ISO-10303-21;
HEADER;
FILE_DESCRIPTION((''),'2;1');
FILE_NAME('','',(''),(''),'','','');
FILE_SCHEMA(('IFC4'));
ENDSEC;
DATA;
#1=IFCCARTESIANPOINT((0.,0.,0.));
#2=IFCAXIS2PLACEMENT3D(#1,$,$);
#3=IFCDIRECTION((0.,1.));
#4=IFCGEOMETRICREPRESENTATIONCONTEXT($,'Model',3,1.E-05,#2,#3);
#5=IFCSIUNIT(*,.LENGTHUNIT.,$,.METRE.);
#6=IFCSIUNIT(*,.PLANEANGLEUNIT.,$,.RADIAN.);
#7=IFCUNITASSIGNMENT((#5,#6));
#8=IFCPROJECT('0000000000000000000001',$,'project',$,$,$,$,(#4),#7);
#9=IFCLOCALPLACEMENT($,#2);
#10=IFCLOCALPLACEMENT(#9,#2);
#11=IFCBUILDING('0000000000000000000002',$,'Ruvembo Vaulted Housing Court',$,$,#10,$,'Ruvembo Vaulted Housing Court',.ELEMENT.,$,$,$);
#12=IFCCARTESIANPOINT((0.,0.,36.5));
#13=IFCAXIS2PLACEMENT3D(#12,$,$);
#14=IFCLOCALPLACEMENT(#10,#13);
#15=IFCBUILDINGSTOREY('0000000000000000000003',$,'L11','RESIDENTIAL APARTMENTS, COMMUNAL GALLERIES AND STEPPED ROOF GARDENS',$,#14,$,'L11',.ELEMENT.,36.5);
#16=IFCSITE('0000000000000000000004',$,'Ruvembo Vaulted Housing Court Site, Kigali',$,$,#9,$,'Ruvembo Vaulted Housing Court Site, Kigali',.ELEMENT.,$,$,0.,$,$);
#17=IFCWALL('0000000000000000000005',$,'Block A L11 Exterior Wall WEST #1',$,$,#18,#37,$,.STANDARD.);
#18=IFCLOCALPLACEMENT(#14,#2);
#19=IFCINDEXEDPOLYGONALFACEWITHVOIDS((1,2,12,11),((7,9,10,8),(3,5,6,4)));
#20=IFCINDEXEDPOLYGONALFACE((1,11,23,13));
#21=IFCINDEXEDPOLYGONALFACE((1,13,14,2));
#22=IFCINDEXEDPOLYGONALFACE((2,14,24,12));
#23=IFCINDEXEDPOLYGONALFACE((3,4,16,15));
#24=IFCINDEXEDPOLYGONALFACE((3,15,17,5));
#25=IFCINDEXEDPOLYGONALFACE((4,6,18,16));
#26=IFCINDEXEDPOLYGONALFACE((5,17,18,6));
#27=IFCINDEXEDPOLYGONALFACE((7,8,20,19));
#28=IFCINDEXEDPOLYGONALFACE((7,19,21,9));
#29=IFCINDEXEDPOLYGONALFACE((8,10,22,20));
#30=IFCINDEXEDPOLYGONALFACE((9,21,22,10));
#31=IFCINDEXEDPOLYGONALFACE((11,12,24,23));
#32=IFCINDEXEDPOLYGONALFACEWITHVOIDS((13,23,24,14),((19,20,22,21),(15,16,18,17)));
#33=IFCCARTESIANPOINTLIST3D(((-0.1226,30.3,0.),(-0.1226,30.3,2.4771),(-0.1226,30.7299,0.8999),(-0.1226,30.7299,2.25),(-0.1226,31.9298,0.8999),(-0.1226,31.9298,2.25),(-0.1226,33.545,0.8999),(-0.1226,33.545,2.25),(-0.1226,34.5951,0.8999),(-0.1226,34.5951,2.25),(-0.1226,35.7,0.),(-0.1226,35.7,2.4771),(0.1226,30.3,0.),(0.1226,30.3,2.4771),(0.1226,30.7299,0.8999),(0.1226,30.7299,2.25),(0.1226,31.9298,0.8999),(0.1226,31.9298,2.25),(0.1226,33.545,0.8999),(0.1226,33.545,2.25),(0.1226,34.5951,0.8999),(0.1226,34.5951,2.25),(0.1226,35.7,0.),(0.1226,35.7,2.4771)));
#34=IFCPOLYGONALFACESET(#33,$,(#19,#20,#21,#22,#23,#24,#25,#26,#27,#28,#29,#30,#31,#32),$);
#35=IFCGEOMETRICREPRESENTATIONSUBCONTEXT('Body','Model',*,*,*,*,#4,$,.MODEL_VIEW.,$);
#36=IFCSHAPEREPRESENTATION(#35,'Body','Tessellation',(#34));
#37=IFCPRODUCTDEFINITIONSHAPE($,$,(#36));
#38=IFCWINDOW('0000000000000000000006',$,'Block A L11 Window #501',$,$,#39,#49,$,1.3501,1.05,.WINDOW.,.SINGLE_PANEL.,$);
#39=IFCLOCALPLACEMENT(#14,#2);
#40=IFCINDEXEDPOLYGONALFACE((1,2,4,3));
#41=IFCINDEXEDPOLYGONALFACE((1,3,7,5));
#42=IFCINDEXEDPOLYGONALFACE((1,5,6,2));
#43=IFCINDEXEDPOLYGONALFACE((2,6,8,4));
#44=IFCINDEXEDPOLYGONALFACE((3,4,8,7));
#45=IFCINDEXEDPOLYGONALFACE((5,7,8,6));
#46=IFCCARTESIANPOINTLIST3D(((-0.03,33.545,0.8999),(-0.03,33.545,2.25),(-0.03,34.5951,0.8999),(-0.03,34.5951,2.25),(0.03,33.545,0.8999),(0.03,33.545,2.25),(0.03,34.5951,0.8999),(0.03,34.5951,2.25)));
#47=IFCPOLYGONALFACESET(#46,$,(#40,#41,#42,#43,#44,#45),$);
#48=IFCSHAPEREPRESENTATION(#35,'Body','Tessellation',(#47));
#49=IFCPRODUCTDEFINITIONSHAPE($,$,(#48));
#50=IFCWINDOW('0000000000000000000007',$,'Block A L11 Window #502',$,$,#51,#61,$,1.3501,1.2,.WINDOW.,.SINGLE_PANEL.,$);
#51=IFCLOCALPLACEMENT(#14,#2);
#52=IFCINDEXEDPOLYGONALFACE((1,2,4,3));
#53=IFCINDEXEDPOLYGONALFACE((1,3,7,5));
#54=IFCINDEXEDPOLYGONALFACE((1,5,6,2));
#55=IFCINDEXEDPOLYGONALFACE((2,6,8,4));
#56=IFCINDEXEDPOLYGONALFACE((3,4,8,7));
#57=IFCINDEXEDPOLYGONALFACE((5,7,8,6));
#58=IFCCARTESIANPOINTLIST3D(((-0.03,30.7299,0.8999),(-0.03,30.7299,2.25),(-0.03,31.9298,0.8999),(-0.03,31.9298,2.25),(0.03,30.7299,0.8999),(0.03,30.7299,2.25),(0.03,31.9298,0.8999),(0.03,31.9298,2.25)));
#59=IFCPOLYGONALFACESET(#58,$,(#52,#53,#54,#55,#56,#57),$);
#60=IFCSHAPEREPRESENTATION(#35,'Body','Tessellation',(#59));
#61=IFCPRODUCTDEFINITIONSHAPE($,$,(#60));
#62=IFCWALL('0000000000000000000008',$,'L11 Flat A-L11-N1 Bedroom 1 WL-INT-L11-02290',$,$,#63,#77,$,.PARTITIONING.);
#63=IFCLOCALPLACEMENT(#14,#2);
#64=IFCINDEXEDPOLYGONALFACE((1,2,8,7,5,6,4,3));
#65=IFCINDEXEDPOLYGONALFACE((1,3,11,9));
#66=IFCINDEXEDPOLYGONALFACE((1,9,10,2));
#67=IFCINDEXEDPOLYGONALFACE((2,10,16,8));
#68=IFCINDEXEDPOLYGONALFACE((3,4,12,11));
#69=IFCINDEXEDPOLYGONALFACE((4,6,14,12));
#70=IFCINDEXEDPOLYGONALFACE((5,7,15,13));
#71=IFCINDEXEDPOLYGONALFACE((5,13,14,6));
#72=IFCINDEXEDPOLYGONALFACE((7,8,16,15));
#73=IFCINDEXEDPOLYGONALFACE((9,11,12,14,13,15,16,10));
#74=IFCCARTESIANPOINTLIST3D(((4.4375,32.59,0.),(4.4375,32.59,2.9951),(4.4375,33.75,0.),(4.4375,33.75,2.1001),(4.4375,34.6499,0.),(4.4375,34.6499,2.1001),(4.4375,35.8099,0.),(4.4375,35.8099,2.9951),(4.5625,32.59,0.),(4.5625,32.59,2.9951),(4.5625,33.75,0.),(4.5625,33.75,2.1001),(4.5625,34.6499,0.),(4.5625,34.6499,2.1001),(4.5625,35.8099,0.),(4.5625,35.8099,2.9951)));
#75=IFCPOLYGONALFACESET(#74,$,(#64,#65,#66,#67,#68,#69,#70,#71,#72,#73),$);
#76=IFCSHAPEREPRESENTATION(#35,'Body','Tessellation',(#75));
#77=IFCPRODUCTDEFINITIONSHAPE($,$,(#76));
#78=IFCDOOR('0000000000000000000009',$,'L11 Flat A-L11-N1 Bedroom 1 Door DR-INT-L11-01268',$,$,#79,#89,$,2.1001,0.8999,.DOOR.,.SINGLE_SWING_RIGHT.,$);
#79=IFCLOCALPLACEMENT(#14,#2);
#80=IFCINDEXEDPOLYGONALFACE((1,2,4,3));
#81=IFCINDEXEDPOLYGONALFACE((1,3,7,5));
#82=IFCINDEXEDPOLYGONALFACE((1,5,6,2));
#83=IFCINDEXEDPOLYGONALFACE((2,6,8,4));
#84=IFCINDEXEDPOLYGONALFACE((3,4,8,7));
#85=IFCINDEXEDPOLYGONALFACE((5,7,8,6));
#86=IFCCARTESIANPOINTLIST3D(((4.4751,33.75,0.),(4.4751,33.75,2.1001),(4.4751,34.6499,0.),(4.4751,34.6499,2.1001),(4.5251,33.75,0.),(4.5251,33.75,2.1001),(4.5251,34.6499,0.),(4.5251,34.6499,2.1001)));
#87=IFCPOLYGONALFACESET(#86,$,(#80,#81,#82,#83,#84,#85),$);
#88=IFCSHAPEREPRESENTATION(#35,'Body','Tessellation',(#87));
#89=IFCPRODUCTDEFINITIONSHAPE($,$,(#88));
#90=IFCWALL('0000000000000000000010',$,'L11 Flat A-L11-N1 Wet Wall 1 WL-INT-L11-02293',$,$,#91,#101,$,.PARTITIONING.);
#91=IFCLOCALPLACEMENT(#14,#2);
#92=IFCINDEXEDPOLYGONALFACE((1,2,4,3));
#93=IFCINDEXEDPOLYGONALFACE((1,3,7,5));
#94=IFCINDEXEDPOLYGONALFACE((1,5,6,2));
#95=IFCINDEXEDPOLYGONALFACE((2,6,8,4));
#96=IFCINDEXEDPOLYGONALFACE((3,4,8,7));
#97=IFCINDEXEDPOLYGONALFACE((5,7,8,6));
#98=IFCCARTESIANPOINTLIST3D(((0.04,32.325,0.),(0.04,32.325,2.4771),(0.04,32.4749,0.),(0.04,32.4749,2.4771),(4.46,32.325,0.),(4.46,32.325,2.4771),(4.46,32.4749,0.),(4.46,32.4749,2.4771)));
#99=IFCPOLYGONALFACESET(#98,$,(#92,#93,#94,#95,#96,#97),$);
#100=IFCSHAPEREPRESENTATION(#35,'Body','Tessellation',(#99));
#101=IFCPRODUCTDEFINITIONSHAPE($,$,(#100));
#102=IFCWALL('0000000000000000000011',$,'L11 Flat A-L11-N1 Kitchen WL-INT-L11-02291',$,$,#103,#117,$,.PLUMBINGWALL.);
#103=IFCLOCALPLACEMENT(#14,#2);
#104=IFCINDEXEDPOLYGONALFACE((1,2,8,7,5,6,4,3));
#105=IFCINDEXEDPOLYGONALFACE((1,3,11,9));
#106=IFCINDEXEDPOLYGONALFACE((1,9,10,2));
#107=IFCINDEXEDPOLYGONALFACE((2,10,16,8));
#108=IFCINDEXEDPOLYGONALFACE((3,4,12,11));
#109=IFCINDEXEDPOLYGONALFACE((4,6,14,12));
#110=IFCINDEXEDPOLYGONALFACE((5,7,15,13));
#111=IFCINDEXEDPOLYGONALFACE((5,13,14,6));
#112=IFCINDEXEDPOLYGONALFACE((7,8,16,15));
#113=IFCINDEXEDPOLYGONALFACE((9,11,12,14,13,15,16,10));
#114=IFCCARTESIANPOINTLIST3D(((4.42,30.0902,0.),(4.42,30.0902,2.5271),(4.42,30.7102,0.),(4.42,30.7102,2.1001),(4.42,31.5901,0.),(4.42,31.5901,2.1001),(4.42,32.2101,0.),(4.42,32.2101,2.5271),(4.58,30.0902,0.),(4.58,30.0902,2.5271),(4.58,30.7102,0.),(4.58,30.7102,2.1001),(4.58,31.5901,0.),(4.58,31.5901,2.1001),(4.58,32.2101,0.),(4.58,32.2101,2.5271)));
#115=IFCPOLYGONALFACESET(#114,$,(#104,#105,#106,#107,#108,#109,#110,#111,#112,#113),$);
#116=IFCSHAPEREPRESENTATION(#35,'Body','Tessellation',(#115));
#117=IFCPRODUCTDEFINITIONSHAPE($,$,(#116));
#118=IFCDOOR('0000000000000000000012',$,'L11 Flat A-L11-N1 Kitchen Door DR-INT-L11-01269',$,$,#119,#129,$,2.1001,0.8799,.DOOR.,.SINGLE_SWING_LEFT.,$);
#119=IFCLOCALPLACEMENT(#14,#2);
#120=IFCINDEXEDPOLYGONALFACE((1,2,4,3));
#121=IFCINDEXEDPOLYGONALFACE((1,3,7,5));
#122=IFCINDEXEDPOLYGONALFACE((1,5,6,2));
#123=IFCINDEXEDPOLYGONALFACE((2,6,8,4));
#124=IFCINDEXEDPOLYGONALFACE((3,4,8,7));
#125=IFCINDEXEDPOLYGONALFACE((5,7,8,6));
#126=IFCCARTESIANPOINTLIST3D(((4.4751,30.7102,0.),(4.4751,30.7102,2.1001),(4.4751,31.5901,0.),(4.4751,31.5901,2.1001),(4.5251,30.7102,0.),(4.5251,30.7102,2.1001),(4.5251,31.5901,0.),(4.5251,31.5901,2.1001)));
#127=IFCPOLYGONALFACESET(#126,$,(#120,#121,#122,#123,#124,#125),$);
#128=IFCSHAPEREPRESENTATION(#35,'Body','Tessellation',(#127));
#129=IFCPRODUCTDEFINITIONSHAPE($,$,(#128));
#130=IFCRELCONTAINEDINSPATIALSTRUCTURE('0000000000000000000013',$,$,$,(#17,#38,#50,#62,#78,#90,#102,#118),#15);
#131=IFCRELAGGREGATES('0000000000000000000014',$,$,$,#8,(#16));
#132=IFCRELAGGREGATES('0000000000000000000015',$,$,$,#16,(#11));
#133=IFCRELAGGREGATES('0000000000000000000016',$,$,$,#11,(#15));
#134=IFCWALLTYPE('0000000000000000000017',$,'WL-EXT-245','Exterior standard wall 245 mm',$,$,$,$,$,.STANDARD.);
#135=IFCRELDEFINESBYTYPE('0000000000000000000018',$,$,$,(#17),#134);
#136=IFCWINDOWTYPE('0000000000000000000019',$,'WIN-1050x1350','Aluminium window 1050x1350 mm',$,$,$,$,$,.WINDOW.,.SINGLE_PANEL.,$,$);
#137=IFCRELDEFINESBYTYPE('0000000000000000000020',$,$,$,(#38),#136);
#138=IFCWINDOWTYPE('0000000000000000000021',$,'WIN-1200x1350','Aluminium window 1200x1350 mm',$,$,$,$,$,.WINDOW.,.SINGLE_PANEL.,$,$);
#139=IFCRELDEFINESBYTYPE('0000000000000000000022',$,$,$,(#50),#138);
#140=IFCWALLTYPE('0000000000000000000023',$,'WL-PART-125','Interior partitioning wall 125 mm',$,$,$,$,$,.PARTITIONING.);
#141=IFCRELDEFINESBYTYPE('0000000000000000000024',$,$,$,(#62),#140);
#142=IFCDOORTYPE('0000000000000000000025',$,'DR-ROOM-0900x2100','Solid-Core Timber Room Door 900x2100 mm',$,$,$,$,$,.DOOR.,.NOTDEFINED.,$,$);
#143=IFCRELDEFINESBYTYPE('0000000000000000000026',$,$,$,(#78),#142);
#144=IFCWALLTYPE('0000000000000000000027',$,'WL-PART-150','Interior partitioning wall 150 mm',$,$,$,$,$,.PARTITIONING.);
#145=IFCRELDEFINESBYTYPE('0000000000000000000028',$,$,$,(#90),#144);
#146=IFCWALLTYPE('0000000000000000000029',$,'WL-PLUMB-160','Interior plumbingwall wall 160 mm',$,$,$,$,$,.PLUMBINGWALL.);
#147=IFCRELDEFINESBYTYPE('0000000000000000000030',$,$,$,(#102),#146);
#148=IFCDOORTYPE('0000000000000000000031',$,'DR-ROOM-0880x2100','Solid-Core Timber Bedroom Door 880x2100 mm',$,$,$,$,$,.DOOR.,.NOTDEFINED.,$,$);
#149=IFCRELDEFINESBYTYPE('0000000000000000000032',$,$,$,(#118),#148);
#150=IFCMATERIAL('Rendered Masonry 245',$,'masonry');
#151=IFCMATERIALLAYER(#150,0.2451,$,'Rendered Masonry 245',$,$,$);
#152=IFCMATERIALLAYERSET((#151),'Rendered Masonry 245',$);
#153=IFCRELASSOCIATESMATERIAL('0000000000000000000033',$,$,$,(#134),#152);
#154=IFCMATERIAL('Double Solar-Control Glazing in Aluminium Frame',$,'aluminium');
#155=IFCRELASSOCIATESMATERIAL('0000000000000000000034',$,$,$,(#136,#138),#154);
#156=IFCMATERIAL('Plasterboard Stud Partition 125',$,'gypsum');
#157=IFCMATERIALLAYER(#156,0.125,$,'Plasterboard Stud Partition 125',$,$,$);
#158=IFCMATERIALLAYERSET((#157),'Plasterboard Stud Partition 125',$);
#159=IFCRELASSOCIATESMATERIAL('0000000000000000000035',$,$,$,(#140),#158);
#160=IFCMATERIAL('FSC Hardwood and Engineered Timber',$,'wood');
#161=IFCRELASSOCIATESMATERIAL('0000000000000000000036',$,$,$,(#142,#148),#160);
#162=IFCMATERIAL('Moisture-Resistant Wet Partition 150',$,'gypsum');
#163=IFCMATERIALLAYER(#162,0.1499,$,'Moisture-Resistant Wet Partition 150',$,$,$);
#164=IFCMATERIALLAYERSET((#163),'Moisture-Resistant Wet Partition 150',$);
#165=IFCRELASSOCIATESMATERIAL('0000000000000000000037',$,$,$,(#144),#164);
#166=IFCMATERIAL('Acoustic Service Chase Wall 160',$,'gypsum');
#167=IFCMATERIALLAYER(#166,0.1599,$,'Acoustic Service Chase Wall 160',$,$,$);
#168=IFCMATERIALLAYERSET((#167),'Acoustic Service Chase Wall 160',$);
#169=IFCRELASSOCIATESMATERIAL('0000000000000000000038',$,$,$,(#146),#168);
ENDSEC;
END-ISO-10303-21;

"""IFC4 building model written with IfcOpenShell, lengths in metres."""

from ifc_helpers import new_model, si_unit, direction, frame, frame_2d, origin, place, context, subcontext, project, spatial, rectangle, extrude, material, layer, layer_set, type_object, element, fill, save


model = new_model("IFC4")

# Units and contexts
model_context = context("Model", 3, precision=1e-05, world=origin(), true_north=direction((0.0, 1.0)))
body_context = subcontext(model_context, "Body", "Model", "MODEL_VIEW")
ifc_project = project(units=[si_unit("LENGTHUNIT", "METRE"), si_unit("PLANEANGLEUNIT", "RADIAN")], contexts=[model_context])

# Site, building, storey
site_placement = place(None, origin())
site = spatial("IfcSite", under=ifc_project, at=site_placement, Name="Ruvembo Vaulted Housing Court Site, Kigali", LongName="Ruvembo Vaulted Housing Court Site, Kigali", CompositionType="ELEMENT", RefElevation=0.0)
building_placement = place(site_placement, origin())
building = spatial("IfcBuilding", under=site, at=building_placement, Name="Ruvembo Vaulted Housing Court", LongName="Ruvembo Vaulted Housing Court", CompositionType="ELEMENT")
storey_placement = place(building_placement, frame((0.0, 0.0, 36.5)))
storey = spatial("IfcBuildingStorey", under=building, at=storey_placement, Name="L11", Description="RESIDENTIAL APARTMENTS, COMMUNAL GALLERIES AND STEPPED ROOF GARDENS", LongName="L11", CompositionType="ELEMENT", Elevation=36.5)

# Wall, openings, windows
ifc_material_1 = material(Name="Rendered Masonry 245", Category="masonry")
ifc_layer_1 = layer(ifc_material_1, 0.2451, Name="Rendered Masonry 245")
ifc_layer_set_1 = layer_set([ifc_layer_1], Name="Rendered Masonry 245")
wall_type_1 = type_object("IfcWallType", Name="WL-EXT-245", Description="Exterior standard wall 245 mm", PredefinedType="STANDARD", material=ifc_layer_set_1)
wall_1_placement = place(storey_placement, frame((0.0, 35.7, 0.0), z_axis=(0.0, 0.0, 1.0), x_axis=(0.0, -1.0, 0.0)))
wall_1 = element("IfcWall", 1, at=wall_1_placement, inside=storey, type_object=wall_type_1, Name="Block A L11 Exterior Wall WEST #1", PredefinedType="STANDARD", context=body_context, shape_type="SweptSolid", body=[
    extrude(rectangle(XDim=5.3999, YDim=0.2451, at=frame_2d((2.7, 0.0))), origin(), (0.0, 0.0, 1.0), 2.4771),
])
opening_1_placement = place(wall_1_placement, frame((1.105, 0.0, 0.8999)))
opening_1 = element("IfcOpeningElement", 2, at=opening_1_placement, cuts=wall_1, PredefinedType="OPENING", context=body_context, shape_type="SweptSolid", body=[
    extrude(rectangle(XDim=1.05, YDim=1.3501, at=frame_2d((0.5249, 0.675))), frame((0.0, 0.1326, 0.0), z_axis=(0.0, -1.0, 0.0), x_axis=(1.0, 0.0, 0.0)), (0.0, 0.0, 1.0), 0.2651),
])
opening_2_placement = place(wall_1_placement, frame((3.77, 0.0, 0.8999)))
opening_2 = element("IfcOpeningElement", 3, at=opening_2_placement, cuts=wall_1, PredefinedType="OPENING", context=body_context, shape_type="SweptSolid", body=[
    extrude(rectangle(XDim=1.2, YDim=1.3501, at=frame_2d((0.6001, 0.675))), frame((0.0, 0.1326, 0.0), z_axis=(0.0, -1.0, 0.0), x_axis=(1.0, 0.0, 0.0)), (0.0, 0.0, 1.0), 0.2651),
])
ifc_material_2 = material(Name="Double Solar-Control Glazing in Aluminium Frame", Category="aluminium")
window_type_1 = type_object("IfcWindowType", Name="WIN-1050x1350", Description="Aluminium window 1050x1350 mm", PartitioningType="SINGLE_PANEL", PredefinedType="WINDOW", material=ifc_material_2)
window_1_placement = place(opening_1_placement, origin())
window_1 = element("IfcWindow", 4, at=window_1_placement, inside=storey, type_object=window_type_1, Name="Block A L11 Window #501", OverallHeight=1.3501, OverallWidth=1.05, PartitioningType="SINGLE_PANEL", PredefinedType="WINDOW", context=body_context, shape_type="SweptSolid", body=[
    extrude(rectangle(XDim=1.05, YDim=1.3501, at=frame_2d((0.5249, 0.675))), frame((0.0, 0.03, 0.0), z_axis=(0.0, -1.0, 0.0), x_axis=(1.0, 0.0, 0.0)), (0.0, 0.0, 1.0), 0.0601),
])
fill(opening_1, window_1)
window_type_2 = type_object("IfcWindowType", Name="WIN-1200x1350", Description="Aluminium window 1200x1350 mm", PartitioningType="SINGLE_PANEL", PredefinedType="WINDOW", material=ifc_material_2)
window_2_placement = place(opening_2_placement, origin())
window_2 = element("IfcWindow", 5, at=window_2_placement, inside=storey, type_object=window_type_2, Name="Block A L11 Window #502", OverallHeight=1.3501, OverallWidth=1.2, PartitioningType="SINGLE_PANEL", PredefinedType="WINDOW", context=body_context, shape_type="SweptSolid", body=[
    extrude(rectangle(XDim=1.2, YDim=1.3501, at=frame_2d((0.6001, 0.675))), frame((0.0, 0.03, 0.0), z_axis=(0.0, -1.0, 0.0), x_axis=(1.0, 0.0, 0.0)), (0.0, 0.0, 1.0), 0.0601),
])
fill(opening_2, window_2)

# Wall, opening, door
ifc_material_3 = material(Name="Plasterboard Stud Partition 125", Category="gypsum")
ifc_layer_2 = layer(ifc_material_3, 0.125, Name="Plasterboard Stud Partition 125")
ifc_layer_set_2 = layer_set([ifc_layer_2], Name="Plasterboard Stud Partition 125")
wall_type_2 = type_object("IfcWallType", Name="WL-PART-125", Description="Interior partitioning wall 125 mm", PredefinedType="PARTITIONING", material=ifc_layer_set_2)
wall_2_placement = place(storey_placement, frame((4.5, 32.5901, 0.0), z_axis=(0.0, 0.0, 1.0), x_axis=(0.0, 1.0, 0.0)))
wall_2 = element("IfcWall", 6, at=wall_2_placement, inside=storey, type_object=wall_type_2, Name="L11 Flat A-L11-N1 Bedroom 1 WL-INT-L11-02290", PredefinedType="PARTITIONING", context=body_context, shape_type="SweptSolid", body=[
    extrude(rectangle(XDim=3.22, YDim=0.125, at=frame_2d((1.6099, 0.0))), origin(), (0.0, 0.0, 1.0), 2.9951),
])
opening_3_placement = place(wall_2_placement, frame((1.1599, 0.0, 0.0)))
opening_3 = element("IfcOpeningElement", 7, at=opening_3_placement, cuts=wall_2, PredefinedType="OPENING", context=body_context, shape_type="SweptSolid", body=[
    extrude(rectangle(XDim=0.8999, YDim=2.1001, at=frame_2d((0.45, 1.05))), frame((0.0, 0.0725, 0.0), z_axis=(0.0, -1.0, 0.0), x_axis=(1.0, 0.0, 0.0)), (0.0, 0.0, 1.0), 0.145),
])
ifc_material_4 = material(Name="FSC Hardwood and Engineered Timber", Category="wood")
door_type_1 = type_object("IfcDoorType", Name="DR-ROOM-0900x2100", Description="Solid-Core Timber Room Door 900x2100 mm", OperationType="NOTDEFINED", PredefinedType="DOOR", material=ifc_material_4)
door_1_placement = place(opening_3_placement, origin())
door_1 = element("IfcDoor", 8, at=door_1_placement, inside=storey, type_object=door_type_1, Name="L11 Flat A-L11-N1 Bedroom 1 Door DR-INT-L11-01268", OperationType="SINGLE_SWING_RIGHT", OverallHeight=2.1001, OverallWidth=0.8999, PredefinedType="DOOR", context=body_context, shape_type="SweptSolid", body=[
    extrude(rectangle(XDim=0.8999, YDim=2.1001, at=frame_2d((0.45, 1.05))), frame((0.0, 0.0249, 0.0), z_axis=(0.0, -1.0, 0.0), x_axis=(1.0, 0.0, 0.0)), (0.0, 0.0, 1.0), 0.05),
])
fill(opening_3, door_1)

# Wall
ifc_material_5 = material(Name="Moisture-Resistant Wet Partition 150", Category="gypsum")
ifc_layer_3 = layer(ifc_material_5, 0.1499, Name="Moisture-Resistant Wet Partition 150")
ifc_layer_set_3 = layer_set([ifc_layer_3], Name="Moisture-Resistant Wet Partition 150")
wall_type_3 = type_object("IfcWallType", Name="WL-PART-150", Description="Interior partitioning wall 150 mm", PredefinedType="PARTITIONING", material=ifc_layer_set_3)
wall_3_placement = place(storey_placement, frame((0.04, 32.3999, 0.0), z_axis=(0.0, 0.0, 1.0), x_axis=(1.0, 0.0, 0.0)))
element("IfcWall", 9, at=wall_3_placement, inside=storey, type_object=wall_type_3, Name="L11 Flat A-L11-N1 Wet Wall 1 WL-INT-L11-02293", PredefinedType="PARTITIONING", context=body_context, shape_type="SweptSolid", body=[
    extrude(rectangle(XDim=4.4199, YDim=0.1499, at=frame_2d((2.21, 0.0))), origin(), (0.0, 0.0, 1.0), 2.4771),
])

# Wall, opening, door
ifc_material_6 = material(Name="Acoustic Service Chase Wall 160", Category="gypsum")
ifc_layer_4 = layer(ifc_material_6, 0.1599, Name="Acoustic Service Chase Wall 160")
ifc_layer_set_4 = layer_set([ifc_layer_4], Name="Acoustic Service Chase Wall 160")
wall_type_4 = type_object("IfcWallType", Name="WL-PLUMB-160", Description="Interior plumbingwall wall 160 mm", PredefinedType="PLUMBINGWALL", material=ifc_layer_set_4)
wall_4_placement = place(storey_placement, frame((4.5, 30.0901, 0.0), z_axis=(0.0, 0.0, 1.0), x_axis=(0.0, 1.0, 0.0)))
wall_4 = element("IfcWall", 10, at=wall_4_placement, inside=storey, type_object=wall_type_4, Name="L11 Flat A-L11-N1 Kitchen WL-INT-L11-02291", PredefinedType="PLUMBINGWALL", context=body_context, shape_type="SweptSolid", body=[
    extrude(rectangle(XDim=2.1199, YDim=0.1599, at=frame_2d((1.0601, 0.0))), origin(), (0.0, 0.0, 1.0), 2.5271),
])
opening_4_placement = place(wall_4_placement, frame((0.6201, 0.0, 0.0)))
opening_4 = element("IfcOpeningElement", 11, at=opening_4_placement, cuts=wall_4, PredefinedType="OPENING", context=body_context, shape_type="SweptSolid", body=[
    extrude(rectangle(XDim=0.8799, YDim=2.1001, at=frame_2d((0.4399, 1.05))), frame((0.0, 0.0898, 0.0), z_axis=(0.0, -1.0, 0.0), x_axis=(1.0, 0.0, 0.0)), (0.0, 0.0, 1.0), 0.1799),
])
door_type_2 = type_object("IfcDoorType", Name="DR-ROOM-0880x2100", Description="Solid-Core Timber Bedroom Door 880x2100 mm", OperationType="NOTDEFINED", PredefinedType="DOOR", material=ifc_material_4)
door_2_placement = place(opening_4_placement, origin())
door_2 = element("IfcDoor", 12, at=door_2_placement, inside=storey, type_object=door_type_2, Name="L11 Flat A-L11-N1 Kitchen Door DR-INT-L11-01269", OperationType="SINGLE_SWING_LEFT", OverallHeight=2.1001, OverallWidth=0.8799, PredefinedType="DOOR", context=body_context, shape_type="SweptSolid", body=[
    extrude(rectangle(XDim=0.8799, YDim=2.1001, at=frame_2d((0.4399, 1.05))), frame((0.0, 0.0249, 0.0), z_axis=(0.0, -1.0, 0.0), x_axis=(1.0, 0.0, 0.0)), (0.0, 0.0, 1.0), 0.05),
])
fill(opening_4, door_2)

save(model, "model.ifc")
